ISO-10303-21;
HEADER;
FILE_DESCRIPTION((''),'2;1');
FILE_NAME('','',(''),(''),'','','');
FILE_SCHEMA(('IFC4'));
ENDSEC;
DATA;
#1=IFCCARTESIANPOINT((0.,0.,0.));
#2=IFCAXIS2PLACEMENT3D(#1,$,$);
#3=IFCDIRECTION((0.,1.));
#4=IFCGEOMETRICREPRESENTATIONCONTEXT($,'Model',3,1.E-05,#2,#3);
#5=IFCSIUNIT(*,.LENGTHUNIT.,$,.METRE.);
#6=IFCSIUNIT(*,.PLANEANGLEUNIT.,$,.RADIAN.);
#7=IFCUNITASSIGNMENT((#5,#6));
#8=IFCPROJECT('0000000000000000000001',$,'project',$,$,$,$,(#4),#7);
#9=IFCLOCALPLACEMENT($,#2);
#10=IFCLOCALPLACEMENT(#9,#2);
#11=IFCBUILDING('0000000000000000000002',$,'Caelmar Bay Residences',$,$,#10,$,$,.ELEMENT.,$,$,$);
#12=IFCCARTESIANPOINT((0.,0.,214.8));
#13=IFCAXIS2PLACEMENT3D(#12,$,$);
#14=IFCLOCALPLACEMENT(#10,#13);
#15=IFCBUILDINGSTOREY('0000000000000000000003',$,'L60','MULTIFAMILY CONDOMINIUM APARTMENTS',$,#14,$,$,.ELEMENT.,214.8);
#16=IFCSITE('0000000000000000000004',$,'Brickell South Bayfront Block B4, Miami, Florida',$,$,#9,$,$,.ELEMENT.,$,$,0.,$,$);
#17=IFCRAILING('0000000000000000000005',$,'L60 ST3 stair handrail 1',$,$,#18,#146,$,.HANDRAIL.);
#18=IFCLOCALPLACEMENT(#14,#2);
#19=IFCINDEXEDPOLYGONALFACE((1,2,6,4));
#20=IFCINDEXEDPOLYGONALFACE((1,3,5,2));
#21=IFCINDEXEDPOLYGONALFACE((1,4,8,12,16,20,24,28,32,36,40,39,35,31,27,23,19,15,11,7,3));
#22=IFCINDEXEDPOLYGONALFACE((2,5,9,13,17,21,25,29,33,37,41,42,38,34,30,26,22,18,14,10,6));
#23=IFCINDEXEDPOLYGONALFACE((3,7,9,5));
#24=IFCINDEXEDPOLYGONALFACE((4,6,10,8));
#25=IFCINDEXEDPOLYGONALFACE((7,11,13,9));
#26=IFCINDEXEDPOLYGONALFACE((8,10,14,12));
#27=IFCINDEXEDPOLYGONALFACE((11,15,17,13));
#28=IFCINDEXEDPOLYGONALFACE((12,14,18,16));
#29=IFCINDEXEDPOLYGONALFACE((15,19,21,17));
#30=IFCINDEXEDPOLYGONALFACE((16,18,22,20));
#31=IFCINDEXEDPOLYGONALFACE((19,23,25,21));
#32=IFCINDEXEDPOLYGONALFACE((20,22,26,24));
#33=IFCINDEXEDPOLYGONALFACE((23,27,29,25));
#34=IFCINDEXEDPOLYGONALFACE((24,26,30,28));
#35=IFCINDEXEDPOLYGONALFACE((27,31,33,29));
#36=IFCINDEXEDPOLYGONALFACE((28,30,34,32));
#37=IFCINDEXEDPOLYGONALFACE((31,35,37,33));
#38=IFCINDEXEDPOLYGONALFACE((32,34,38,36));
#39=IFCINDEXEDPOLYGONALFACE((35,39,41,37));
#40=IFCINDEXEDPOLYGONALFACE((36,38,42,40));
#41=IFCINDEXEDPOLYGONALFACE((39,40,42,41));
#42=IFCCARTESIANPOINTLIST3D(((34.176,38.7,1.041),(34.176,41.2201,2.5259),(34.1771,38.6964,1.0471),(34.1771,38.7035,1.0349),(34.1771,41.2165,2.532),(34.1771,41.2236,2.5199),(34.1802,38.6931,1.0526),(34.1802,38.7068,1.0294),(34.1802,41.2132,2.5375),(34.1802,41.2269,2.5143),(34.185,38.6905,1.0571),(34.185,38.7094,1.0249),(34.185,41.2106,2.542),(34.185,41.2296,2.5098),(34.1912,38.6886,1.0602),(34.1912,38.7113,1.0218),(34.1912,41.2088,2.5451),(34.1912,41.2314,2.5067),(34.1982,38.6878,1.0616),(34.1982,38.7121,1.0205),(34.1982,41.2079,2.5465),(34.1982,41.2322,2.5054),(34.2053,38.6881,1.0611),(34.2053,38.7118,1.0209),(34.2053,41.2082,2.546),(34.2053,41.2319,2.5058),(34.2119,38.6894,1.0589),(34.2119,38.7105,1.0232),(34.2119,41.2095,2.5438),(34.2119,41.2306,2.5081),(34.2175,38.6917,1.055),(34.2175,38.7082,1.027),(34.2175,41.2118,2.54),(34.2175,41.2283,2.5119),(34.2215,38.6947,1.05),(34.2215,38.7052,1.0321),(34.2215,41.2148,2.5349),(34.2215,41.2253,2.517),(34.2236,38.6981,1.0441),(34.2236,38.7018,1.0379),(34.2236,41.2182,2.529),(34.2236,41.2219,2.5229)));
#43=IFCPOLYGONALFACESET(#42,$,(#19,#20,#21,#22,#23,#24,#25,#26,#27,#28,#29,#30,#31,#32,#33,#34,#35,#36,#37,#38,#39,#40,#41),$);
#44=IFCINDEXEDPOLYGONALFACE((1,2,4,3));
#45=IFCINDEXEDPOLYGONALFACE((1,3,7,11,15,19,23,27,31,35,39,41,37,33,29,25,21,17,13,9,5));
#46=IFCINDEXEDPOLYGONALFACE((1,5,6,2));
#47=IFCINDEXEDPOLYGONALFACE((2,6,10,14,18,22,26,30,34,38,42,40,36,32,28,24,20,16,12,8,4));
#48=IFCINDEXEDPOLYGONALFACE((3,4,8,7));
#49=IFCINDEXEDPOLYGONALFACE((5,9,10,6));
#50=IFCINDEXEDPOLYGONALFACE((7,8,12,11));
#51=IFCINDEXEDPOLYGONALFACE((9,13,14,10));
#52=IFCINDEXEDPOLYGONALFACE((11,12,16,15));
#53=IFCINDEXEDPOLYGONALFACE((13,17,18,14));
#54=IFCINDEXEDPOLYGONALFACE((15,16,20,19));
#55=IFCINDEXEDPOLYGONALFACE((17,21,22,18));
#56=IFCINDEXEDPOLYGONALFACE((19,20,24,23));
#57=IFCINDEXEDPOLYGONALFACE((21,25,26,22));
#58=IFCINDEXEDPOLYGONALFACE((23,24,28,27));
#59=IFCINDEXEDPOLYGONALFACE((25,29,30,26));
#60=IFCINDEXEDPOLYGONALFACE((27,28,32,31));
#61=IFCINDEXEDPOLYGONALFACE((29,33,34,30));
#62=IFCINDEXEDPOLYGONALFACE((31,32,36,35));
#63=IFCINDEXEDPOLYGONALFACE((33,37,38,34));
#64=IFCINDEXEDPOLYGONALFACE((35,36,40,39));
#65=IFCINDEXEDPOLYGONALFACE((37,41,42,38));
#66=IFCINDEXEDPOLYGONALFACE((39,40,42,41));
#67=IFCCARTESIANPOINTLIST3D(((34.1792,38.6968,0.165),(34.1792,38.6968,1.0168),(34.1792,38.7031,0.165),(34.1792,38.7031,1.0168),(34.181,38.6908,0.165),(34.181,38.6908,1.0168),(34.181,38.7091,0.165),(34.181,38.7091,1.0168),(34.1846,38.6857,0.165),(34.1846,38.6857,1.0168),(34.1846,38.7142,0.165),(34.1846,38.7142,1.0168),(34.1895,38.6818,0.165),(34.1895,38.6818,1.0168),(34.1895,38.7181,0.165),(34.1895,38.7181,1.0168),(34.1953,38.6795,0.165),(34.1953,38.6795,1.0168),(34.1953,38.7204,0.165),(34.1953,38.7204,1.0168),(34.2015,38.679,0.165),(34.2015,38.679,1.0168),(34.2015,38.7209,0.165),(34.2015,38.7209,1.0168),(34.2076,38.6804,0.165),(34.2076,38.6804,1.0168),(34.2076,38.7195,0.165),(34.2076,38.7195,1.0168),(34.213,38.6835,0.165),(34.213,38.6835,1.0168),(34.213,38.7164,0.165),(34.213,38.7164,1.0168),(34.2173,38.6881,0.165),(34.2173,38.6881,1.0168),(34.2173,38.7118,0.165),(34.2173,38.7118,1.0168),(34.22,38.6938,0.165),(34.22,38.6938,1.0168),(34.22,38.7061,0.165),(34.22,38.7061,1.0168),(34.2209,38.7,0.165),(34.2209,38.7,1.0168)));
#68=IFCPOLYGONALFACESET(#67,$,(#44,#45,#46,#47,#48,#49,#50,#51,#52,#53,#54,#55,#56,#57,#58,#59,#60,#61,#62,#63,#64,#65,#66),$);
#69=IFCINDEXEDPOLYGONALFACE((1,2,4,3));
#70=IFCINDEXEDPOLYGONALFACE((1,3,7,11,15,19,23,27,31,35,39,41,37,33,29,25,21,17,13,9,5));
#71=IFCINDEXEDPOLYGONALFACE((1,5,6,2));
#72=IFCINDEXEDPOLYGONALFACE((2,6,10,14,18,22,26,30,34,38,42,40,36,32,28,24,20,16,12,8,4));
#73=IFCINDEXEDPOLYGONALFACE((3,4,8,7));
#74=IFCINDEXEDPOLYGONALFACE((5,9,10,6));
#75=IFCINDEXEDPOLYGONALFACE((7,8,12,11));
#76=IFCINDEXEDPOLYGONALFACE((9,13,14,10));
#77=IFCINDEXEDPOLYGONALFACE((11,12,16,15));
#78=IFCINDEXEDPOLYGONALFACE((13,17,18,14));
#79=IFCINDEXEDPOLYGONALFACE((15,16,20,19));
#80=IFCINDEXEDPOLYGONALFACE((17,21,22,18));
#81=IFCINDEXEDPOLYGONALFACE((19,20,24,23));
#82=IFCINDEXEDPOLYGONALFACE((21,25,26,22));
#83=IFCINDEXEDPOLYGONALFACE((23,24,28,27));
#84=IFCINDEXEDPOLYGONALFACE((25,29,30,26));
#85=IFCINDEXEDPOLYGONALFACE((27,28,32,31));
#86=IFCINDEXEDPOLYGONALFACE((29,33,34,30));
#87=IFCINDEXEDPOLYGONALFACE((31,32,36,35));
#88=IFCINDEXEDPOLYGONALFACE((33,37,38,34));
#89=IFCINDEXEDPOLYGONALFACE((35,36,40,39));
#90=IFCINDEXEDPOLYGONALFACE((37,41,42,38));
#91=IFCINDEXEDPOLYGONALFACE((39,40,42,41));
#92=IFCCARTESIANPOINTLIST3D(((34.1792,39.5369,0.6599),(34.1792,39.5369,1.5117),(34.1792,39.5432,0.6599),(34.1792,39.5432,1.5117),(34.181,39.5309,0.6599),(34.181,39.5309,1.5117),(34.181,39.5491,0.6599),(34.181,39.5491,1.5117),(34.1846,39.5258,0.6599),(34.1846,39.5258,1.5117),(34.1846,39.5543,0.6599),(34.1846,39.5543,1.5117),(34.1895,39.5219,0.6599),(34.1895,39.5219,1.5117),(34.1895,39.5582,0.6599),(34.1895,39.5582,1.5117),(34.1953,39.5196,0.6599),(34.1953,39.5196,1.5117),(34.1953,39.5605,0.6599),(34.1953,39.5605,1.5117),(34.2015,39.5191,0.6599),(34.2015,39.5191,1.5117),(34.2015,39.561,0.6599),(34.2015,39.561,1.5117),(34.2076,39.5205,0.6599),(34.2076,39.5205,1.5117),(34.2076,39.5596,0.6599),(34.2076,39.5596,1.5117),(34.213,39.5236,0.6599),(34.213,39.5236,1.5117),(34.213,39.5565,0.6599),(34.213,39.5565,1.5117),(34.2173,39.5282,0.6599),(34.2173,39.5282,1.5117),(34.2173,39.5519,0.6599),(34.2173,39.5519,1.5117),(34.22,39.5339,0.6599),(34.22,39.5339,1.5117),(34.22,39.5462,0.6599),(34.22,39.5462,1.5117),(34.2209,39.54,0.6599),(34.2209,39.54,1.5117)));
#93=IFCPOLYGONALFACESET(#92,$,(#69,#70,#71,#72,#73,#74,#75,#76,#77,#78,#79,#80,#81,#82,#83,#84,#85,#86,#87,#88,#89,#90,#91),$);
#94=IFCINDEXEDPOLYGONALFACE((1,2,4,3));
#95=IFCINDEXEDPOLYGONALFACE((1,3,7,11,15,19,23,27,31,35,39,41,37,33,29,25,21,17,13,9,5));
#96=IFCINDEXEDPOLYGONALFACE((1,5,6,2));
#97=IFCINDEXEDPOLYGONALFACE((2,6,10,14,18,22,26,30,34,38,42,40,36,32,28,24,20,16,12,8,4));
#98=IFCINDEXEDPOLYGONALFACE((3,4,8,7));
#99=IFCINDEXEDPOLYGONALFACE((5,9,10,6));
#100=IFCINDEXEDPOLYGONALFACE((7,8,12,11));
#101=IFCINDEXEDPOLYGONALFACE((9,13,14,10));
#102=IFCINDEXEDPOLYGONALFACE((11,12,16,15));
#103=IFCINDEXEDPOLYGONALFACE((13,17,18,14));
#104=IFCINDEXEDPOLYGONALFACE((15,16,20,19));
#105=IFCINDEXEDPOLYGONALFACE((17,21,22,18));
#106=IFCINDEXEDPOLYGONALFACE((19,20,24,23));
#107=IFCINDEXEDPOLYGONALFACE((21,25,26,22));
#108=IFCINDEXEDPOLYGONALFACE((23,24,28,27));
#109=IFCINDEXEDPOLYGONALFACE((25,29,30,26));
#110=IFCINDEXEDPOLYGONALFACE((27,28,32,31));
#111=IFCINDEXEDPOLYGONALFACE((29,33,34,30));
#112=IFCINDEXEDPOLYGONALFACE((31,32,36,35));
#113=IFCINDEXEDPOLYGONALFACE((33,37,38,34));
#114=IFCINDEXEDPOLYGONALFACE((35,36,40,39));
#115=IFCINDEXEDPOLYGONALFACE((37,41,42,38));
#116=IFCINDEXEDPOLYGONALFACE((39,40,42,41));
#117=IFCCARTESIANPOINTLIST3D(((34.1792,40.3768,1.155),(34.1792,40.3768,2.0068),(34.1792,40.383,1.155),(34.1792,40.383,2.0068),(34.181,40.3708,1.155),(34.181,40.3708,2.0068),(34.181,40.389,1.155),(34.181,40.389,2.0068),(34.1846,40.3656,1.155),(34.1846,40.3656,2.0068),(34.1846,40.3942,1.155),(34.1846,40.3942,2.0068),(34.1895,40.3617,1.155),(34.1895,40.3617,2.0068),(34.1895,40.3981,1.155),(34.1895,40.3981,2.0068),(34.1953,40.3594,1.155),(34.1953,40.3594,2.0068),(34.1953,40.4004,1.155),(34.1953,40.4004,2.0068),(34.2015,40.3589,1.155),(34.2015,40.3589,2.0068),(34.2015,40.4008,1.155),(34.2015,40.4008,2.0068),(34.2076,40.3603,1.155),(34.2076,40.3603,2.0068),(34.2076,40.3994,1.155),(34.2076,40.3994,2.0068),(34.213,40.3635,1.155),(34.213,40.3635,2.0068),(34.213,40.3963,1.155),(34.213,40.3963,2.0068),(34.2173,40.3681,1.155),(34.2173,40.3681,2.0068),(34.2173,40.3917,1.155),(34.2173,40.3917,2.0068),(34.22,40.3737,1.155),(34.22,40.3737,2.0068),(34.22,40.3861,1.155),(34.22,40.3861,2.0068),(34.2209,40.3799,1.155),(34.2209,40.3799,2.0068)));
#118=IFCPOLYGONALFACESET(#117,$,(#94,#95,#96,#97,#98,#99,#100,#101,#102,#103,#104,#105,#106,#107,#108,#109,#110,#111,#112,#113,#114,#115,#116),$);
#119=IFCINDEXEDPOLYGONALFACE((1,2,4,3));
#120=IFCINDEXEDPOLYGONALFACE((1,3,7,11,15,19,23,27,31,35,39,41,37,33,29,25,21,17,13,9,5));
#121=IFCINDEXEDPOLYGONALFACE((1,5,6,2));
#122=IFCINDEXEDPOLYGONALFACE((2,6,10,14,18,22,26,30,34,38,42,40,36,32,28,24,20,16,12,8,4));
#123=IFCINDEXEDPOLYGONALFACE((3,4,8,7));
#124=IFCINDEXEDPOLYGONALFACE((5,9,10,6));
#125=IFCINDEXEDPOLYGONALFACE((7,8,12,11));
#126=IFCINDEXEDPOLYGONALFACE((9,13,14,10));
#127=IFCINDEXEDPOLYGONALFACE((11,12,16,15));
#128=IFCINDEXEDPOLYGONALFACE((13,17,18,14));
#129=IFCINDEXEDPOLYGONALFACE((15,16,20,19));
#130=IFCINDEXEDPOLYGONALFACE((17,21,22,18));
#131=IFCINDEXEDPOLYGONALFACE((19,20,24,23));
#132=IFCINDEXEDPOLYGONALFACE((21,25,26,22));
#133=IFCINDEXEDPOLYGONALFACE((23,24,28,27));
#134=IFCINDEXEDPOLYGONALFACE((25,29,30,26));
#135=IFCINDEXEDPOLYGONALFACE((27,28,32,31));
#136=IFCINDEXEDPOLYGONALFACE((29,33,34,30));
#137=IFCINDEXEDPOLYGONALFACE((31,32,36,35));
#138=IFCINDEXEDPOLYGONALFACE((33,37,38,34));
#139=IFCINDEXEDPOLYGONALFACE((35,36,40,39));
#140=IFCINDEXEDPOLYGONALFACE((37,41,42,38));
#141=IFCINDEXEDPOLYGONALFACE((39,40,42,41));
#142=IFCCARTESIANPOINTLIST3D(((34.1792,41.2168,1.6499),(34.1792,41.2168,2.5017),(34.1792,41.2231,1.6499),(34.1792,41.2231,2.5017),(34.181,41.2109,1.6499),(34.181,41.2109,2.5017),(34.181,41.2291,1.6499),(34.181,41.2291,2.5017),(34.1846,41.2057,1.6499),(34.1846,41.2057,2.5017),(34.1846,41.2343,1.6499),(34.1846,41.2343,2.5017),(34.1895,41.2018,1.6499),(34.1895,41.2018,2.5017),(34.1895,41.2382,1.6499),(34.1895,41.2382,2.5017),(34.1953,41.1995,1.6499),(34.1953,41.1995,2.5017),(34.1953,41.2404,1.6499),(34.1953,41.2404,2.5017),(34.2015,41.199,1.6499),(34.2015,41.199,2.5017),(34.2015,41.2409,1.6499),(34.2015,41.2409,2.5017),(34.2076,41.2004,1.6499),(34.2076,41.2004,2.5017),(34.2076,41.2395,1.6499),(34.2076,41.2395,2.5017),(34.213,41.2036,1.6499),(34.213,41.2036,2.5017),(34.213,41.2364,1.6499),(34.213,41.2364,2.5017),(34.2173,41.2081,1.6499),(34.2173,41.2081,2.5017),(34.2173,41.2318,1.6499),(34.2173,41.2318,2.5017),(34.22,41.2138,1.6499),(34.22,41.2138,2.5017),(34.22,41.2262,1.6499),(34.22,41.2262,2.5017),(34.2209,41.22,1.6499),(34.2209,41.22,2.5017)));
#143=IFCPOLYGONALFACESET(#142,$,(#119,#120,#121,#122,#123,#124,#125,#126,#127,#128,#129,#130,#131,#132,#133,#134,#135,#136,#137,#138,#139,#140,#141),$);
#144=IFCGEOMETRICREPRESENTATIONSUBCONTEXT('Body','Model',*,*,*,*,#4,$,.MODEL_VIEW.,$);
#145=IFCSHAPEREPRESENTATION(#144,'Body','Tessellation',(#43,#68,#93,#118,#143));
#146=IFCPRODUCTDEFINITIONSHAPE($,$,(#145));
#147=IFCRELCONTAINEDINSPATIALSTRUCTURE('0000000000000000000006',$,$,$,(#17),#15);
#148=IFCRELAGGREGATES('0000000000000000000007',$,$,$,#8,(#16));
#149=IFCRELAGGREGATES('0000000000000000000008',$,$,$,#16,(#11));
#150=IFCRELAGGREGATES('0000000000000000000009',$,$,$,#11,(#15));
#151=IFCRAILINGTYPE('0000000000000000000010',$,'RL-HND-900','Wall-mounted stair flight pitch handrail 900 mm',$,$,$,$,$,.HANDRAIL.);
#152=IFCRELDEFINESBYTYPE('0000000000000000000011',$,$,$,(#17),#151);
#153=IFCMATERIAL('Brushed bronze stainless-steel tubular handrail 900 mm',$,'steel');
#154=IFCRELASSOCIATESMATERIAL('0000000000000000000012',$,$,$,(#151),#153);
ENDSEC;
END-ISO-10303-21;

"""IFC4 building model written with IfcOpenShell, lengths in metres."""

from ifc_helpers import new_model, si_unit, direction, frame, origin, origin_2d, place, context, subcontext, project, spatial, circle, extrude, material, type_object, element, save


model = new_model("IFC4")

# Units and contexts
model_context = context("Model", 3, precision=1e-05, world=origin(), true_north=direction((0.0, 1.0)))
body_context = subcontext(model_context, "Body", "Model", "MODEL_VIEW")
ifc_project = project(units=[si_unit("LENGTHUNIT", "METRE"), si_unit("PLANEANGLEUNIT", "RADIAN")], contexts=[model_context])

# Site, building, storey
site_placement = place(None, origin())
site = spatial("IfcSite", under=ifc_project, at=site_placement, Name="Brickell South Bayfront Block B4, Miami, Florida", CompositionType="ELEMENT", RefElevation=0.0)
building_placement = place(site_placement, origin())
building = spatial("IfcBuilding", under=site, at=building_placement, Name="Caelmar Bay Residences", CompositionType="ELEMENT")
storey_placement = place(building_placement, frame((0.0, 0.0, 214.8)))
storey = spatial("IfcBuildingStorey", under=building, at=storey_placement, Name="L60", Description="MULTIFAMILY CONDOMINIUM APARTMENTS", CompositionType="ELEMENT", Elevation=214.8)

# Railing
ifc_material_1 = material(Name="Brushed bronze stainless-steel tubular handrail 900 mm", Category="steel")
railing_type_1 = type_object("IfcRailingType", Name="RL-HND-900", Description="Wall-mounted stair flight pitch handrail 900 mm", PredefinedType="HANDRAIL", material=ifc_material_1)
for number, where, name in (
    (1, (34.2, 38.7, 0.165), "L60 ST3 stair handrail 1"),
):
    element("IfcRailing", number, at=place(storey_placement, frame(where)), inside=storey, type_object=railing_type_1, Name=name, PredefinedType="HANDRAIL", context=body_context, shape_type="SweptSolid", body=[
        extrude(circle(Radius=0.0239, at=origin_2d()), frame((0.0, 0.0, 0.876), z_axis=(0.0, 0.861561, 0.507655), x_axis=(-1.0, 0.0, 0.0)), (0.0, 0.0, 1.0), 2.925),
        extrude(circle(Radius=0.021, at=origin_2d()), origin(), (0.0, 0.0, 1.0), 0.8518),
        extrude(circle(Radius=0.021, at=origin_2d()), frame((0.0, 0.8401, 0.4949)), (0.0, 0.0, 1.0), 0.8518),
        extrude(circle(Radius=0.021, at=origin_2d()), frame((0.0, 1.6799, 0.99)), (0.0, 0.0, 1.0), 0.8518),
        extrude(circle(Radius=0.021, at=origin_2d()), frame((0.0, 2.52, 1.4849)), (0.0, 0.0, 1.0), 0.8518),
    ])

save(model, "model.ifc")
